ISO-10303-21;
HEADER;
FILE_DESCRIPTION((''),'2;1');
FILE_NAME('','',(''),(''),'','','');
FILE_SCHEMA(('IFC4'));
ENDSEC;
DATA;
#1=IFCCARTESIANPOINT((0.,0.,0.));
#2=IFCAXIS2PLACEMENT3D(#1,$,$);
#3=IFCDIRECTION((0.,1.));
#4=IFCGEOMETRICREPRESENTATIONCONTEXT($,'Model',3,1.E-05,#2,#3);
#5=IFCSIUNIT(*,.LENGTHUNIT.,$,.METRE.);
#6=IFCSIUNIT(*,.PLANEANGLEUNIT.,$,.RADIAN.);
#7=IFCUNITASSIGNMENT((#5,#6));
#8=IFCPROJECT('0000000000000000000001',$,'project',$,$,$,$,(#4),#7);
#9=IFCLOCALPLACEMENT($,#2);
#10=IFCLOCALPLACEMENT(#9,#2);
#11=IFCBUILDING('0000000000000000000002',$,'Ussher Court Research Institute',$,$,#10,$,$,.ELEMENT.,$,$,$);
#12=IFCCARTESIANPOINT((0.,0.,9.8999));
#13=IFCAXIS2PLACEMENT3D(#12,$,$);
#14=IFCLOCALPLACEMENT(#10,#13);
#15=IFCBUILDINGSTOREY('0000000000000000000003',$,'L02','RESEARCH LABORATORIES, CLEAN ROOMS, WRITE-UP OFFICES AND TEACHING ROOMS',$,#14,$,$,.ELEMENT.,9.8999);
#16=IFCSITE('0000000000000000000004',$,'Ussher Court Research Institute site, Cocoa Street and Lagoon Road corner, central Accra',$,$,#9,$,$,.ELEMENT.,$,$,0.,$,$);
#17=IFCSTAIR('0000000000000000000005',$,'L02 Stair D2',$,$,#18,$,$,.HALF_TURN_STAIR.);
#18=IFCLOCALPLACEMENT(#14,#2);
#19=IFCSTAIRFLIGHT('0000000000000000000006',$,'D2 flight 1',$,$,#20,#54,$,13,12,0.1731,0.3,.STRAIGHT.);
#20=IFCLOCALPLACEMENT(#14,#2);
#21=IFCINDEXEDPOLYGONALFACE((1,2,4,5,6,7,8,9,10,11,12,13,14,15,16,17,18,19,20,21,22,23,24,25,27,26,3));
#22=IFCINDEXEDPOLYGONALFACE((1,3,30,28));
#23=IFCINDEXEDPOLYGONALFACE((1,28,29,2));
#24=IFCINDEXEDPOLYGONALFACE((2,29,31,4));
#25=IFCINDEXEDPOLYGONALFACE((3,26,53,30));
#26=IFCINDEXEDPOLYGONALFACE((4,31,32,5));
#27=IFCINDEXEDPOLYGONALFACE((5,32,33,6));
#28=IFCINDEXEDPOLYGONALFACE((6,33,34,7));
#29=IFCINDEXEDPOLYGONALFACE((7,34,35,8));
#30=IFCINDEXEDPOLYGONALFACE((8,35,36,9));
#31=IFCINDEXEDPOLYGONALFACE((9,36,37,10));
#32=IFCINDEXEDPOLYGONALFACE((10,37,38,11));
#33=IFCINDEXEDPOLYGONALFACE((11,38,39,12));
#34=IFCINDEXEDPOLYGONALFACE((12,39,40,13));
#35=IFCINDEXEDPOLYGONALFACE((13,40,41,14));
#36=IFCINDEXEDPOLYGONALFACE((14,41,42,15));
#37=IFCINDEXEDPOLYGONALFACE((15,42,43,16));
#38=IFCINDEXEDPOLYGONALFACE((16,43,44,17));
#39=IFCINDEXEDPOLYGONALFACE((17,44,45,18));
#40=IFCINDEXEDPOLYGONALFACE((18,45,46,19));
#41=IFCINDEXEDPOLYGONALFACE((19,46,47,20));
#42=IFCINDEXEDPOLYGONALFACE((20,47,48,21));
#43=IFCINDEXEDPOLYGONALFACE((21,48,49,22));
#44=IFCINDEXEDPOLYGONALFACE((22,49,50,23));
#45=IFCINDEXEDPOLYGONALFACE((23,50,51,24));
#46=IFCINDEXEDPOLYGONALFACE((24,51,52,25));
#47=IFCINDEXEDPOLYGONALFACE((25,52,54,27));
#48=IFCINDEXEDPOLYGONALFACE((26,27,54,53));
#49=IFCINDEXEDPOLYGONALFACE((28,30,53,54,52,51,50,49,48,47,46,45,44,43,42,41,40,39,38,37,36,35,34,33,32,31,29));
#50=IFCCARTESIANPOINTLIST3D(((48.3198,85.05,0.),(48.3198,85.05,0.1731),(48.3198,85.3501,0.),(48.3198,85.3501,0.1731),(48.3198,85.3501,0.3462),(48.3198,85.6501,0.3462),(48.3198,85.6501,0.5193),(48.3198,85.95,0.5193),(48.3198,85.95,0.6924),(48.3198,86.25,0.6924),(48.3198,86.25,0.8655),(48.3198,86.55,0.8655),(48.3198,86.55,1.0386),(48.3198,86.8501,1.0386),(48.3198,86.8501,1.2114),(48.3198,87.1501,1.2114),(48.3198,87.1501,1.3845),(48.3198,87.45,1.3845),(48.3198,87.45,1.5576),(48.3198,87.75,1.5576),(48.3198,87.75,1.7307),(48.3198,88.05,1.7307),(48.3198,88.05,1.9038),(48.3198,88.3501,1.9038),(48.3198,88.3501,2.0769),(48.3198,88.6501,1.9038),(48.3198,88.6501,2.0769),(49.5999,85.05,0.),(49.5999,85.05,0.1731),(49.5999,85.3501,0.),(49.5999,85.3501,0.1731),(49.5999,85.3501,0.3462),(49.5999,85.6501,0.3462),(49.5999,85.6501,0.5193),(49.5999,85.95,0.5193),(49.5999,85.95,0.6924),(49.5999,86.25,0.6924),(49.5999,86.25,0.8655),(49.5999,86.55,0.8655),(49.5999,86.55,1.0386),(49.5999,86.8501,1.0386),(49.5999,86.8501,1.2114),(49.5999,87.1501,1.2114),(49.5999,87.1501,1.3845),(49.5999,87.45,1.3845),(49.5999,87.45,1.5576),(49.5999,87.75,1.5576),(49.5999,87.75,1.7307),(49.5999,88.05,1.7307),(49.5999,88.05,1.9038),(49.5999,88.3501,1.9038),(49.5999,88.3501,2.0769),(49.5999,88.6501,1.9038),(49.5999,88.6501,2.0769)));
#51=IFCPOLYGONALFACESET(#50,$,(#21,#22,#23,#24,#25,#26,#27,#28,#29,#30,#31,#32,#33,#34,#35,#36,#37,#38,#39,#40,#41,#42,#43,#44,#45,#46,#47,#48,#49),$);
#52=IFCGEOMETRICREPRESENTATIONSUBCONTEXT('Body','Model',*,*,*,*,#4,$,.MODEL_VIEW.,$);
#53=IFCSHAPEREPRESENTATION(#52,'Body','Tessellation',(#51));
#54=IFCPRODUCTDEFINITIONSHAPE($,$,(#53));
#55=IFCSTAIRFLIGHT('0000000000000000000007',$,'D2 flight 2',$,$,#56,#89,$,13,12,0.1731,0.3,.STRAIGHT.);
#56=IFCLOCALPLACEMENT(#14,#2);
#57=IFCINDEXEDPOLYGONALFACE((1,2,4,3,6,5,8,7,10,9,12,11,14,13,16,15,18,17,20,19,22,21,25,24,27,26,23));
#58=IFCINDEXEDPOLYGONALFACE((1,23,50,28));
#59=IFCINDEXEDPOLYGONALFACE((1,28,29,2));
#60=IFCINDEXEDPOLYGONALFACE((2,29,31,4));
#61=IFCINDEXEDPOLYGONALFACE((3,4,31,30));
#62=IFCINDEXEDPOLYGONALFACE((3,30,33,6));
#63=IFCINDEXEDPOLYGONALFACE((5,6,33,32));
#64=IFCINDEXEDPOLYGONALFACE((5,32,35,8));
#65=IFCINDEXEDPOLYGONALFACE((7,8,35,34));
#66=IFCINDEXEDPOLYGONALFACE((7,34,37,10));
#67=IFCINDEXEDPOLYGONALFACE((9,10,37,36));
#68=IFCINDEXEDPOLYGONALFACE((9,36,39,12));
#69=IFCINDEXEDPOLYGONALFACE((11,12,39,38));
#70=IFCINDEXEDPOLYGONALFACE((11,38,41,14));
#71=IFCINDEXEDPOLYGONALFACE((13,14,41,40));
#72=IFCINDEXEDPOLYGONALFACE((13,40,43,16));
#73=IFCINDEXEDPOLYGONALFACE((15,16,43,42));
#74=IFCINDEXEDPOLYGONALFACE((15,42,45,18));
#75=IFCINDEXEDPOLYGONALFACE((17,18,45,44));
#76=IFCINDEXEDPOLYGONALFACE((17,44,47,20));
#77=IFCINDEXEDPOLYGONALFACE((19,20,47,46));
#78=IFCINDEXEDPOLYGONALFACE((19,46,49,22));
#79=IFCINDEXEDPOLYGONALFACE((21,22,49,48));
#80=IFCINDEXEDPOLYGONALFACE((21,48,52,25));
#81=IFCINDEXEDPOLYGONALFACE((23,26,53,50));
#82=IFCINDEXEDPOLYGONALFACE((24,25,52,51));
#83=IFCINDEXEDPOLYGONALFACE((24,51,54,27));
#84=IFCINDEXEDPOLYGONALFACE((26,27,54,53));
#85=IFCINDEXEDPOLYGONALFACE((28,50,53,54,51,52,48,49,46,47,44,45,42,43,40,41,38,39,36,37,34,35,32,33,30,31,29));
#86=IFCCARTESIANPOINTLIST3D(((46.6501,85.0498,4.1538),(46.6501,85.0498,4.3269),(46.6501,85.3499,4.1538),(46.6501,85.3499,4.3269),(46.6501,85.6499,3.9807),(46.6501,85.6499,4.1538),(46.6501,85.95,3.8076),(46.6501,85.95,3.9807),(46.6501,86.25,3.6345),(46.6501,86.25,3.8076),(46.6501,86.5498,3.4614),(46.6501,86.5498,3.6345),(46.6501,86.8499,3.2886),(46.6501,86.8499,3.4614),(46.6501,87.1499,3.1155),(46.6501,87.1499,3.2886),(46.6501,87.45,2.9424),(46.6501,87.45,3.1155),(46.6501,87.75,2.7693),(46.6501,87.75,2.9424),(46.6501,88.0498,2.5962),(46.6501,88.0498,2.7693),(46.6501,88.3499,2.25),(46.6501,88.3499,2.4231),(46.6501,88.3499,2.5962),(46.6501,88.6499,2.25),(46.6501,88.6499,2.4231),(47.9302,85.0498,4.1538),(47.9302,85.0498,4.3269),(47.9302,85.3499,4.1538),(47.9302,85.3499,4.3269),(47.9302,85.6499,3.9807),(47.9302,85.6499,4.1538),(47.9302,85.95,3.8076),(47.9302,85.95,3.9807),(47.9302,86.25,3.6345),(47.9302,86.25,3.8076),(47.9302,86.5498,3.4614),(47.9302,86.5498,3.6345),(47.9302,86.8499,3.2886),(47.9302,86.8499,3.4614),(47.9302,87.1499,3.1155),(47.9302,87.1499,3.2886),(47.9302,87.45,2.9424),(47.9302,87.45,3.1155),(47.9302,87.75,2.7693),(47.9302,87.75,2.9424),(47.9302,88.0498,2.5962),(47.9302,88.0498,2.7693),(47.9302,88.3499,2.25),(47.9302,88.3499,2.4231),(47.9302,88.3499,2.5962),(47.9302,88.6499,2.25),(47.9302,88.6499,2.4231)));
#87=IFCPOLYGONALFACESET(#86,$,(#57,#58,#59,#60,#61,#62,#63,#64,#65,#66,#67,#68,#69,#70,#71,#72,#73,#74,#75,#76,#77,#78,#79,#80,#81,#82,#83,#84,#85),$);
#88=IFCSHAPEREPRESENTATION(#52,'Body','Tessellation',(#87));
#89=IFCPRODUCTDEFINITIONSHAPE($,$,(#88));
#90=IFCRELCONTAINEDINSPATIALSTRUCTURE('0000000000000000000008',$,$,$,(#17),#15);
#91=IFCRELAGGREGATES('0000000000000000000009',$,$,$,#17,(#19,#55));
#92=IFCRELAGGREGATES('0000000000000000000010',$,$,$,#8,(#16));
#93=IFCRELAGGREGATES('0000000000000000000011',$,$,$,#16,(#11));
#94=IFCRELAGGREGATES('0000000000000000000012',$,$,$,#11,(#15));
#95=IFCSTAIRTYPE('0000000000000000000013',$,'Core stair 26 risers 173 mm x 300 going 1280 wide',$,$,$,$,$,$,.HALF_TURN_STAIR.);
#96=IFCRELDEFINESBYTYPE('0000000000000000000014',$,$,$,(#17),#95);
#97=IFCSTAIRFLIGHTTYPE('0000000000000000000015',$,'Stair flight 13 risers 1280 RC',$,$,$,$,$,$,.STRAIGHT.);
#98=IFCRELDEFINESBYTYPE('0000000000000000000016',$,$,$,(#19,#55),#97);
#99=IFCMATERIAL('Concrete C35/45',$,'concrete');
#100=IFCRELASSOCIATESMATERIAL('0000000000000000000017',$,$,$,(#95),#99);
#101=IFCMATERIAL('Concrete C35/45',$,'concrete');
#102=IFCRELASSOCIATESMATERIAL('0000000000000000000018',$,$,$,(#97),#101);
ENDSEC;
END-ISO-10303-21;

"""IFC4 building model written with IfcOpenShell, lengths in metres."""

from ifc_helpers import new_model, si_unit, direction, frame, origin, place, context, subcontext, project, spatial, polyline, outline, extrude, material, type_object, element, aggregate, save


model = new_model("IFC4")

# Units and contexts
model_context = context("Model", 3, precision=1e-05, world=origin(), true_north=direction((0.0, 1.0)))
body_context = subcontext(model_context, "Body", "Model", "MODEL_VIEW")
ifc_project = project(units=[si_unit("LENGTHUNIT", "METRE"), si_unit("PLANEANGLEUNIT", "RADIAN")], contexts=[model_context])

# Site, building, storey
site_placement = place(None, origin())
site = spatial("IfcSite", under=ifc_project, at=site_placement, Name="Ussher Court Research Institute site, Cocoa Street and Lagoon Road corner, central Accra", CompositionType="ELEMENT", RefElevation=0.0)
building_placement = place(site_placement, origin())
building = spatial("IfcBuilding", under=site, at=building_placement, Name="Ussher Court Research Institute", CompositionType="ELEMENT")
storey_placement = place(building_placement, frame((0.0, 0.0, 9.8999)))
storey = spatial("IfcBuildingStorey", under=building, at=storey_placement, Name="L02", Description="RESEARCH LABORATORIES, CLEAN ROOMS, WRITE-UP OFFICES AND TEACHING ROOMS", CompositionType="ELEMENT", Elevation=9.8999)

# Stair, stair flights
ifc_material_1 = material(Name="Concrete C35/45", Category="concrete")
stair_type = type_object("IfcStairType", Name="Core stair 26 risers 173 mm x 300 going 1280 wide", PredefinedType="HALF_TURN_STAIR", material=ifc_material_1)
stair_placement = place(storey_placement, origin())
stair = element("IfcStair", 1, at=stair_placement, inside=storey, type_object=stair_type, Name="L02 Stair D2", PredefinedType="HALF_TURN_STAIR")
ifc_material_2 = material(Name="Concrete C35/45", Category="concrete")
stair_flight_type = type_object("IfcStairFlightType", Name="Stair flight 13 risers 1280 RC", PredefinedType="STRAIGHT", material=ifc_material_2)
stair_flight_1_placement = place(storey_placement, frame((48.96, 85.05, 0.0), z_axis=(0.0, 0.0, 1.0), x_axis=(0.0, 1.0, 0.0)))
stair_flight_1 = element("IfcStairFlight", 2, at=stair_flight_1_placement, type_object=stair_flight_type, Name="D2 flight 1", NumberOfRisers=13, NumberOfTreads=12, PredefinedType="STRAIGHT", RiserHeight=0.1731, TreadLength=0.3, context=body_context, shape_type="SweptSolid", body=[
    extrude(outline(polyline([(0.0, 0.0), (0.0, 0.1731), (0.3, 0.1731), (0.3, 0.3462), (0.6001, 0.3462), (0.6001, 0.5193), (0.8999, 0.5193), (0.8999, 0.6924), (1.2, 0.6924), (1.2, 0.8655), (1.5, 0.8655), (1.5, 1.0386), (1.8, 1.0386), (1.8, 1.2114), (2.1001, 1.2114), (2.1001, 1.3845), (2.3999, 1.3845), (2.3999, 1.5576), (2.7, 1.5576), (2.7, 1.7307), (3.0, 1.7307), (3.0, 1.9038), (3.3, 1.9038), (3.3, 2.0769), (3.6001, 2.0769), (3.6001, 2.25), (3.6001, 1.9038), (0.3, 0.0), (0.0, 0.0)])), frame((0.0, 0.6401, 0.0), z_axis=(0.0, -1.0, 0.0), x_axis=(1.0, 0.0, 0.0)), (0.0, 0.0, 1.0), 1.28),
])
stair_flight_2_placement = place(storey_placement, frame((47.29, 88.6499, 2.25), z_axis=(0.0, 0.0, 1.0), x_axis=(0.0, -1.0, 0.0)))
stair_flight_2 = element("IfcStairFlight", 3, at=stair_flight_2_placement, type_object=stair_flight_type, Name="D2 flight 2", NumberOfRisers=13, NumberOfTreads=12, PredefinedType="STRAIGHT", RiserHeight=0.1731, TreadLength=0.3, context=body_context, shape_type="SweptSolid", body=[
    extrude(outline(polyline([(0.0, 0.0), (0.0, 0.1731), (0.3, 0.1731), (0.3, 0.3462), (0.6001, 0.3462), (0.6001, 0.5193), (0.8999, 0.5193), (0.8999, 0.6924), (1.2, 0.6924), (1.2, 0.8655), (1.5, 0.8655), (1.5, 1.0386), (1.8, 1.0386), (1.8, 1.2114), (2.1001, 1.2114), (2.1001, 1.3845), (2.3999, 1.3845), (2.3999, 1.5576), (2.7, 1.5576), (2.7, 1.7307), (3.0, 1.7307), (3.0, 1.9038), (3.3, 1.9038), (3.3, 2.0769), (3.6001, 2.0769), (3.6001, 2.25), (3.6001, 1.9038), (0.3, 0.0), (0.0, 0.0)])), frame((0.0, 0.6401, 0.0), z_axis=(0.0, -1.0, 0.0), x_axis=(1.0, 0.0, 0.0)), (0.0, 0.0, 1.0), 1.28),
])
aggregate(stair, [stair_flight_1, stair_flight_2])

save(model, "model.ifc")
